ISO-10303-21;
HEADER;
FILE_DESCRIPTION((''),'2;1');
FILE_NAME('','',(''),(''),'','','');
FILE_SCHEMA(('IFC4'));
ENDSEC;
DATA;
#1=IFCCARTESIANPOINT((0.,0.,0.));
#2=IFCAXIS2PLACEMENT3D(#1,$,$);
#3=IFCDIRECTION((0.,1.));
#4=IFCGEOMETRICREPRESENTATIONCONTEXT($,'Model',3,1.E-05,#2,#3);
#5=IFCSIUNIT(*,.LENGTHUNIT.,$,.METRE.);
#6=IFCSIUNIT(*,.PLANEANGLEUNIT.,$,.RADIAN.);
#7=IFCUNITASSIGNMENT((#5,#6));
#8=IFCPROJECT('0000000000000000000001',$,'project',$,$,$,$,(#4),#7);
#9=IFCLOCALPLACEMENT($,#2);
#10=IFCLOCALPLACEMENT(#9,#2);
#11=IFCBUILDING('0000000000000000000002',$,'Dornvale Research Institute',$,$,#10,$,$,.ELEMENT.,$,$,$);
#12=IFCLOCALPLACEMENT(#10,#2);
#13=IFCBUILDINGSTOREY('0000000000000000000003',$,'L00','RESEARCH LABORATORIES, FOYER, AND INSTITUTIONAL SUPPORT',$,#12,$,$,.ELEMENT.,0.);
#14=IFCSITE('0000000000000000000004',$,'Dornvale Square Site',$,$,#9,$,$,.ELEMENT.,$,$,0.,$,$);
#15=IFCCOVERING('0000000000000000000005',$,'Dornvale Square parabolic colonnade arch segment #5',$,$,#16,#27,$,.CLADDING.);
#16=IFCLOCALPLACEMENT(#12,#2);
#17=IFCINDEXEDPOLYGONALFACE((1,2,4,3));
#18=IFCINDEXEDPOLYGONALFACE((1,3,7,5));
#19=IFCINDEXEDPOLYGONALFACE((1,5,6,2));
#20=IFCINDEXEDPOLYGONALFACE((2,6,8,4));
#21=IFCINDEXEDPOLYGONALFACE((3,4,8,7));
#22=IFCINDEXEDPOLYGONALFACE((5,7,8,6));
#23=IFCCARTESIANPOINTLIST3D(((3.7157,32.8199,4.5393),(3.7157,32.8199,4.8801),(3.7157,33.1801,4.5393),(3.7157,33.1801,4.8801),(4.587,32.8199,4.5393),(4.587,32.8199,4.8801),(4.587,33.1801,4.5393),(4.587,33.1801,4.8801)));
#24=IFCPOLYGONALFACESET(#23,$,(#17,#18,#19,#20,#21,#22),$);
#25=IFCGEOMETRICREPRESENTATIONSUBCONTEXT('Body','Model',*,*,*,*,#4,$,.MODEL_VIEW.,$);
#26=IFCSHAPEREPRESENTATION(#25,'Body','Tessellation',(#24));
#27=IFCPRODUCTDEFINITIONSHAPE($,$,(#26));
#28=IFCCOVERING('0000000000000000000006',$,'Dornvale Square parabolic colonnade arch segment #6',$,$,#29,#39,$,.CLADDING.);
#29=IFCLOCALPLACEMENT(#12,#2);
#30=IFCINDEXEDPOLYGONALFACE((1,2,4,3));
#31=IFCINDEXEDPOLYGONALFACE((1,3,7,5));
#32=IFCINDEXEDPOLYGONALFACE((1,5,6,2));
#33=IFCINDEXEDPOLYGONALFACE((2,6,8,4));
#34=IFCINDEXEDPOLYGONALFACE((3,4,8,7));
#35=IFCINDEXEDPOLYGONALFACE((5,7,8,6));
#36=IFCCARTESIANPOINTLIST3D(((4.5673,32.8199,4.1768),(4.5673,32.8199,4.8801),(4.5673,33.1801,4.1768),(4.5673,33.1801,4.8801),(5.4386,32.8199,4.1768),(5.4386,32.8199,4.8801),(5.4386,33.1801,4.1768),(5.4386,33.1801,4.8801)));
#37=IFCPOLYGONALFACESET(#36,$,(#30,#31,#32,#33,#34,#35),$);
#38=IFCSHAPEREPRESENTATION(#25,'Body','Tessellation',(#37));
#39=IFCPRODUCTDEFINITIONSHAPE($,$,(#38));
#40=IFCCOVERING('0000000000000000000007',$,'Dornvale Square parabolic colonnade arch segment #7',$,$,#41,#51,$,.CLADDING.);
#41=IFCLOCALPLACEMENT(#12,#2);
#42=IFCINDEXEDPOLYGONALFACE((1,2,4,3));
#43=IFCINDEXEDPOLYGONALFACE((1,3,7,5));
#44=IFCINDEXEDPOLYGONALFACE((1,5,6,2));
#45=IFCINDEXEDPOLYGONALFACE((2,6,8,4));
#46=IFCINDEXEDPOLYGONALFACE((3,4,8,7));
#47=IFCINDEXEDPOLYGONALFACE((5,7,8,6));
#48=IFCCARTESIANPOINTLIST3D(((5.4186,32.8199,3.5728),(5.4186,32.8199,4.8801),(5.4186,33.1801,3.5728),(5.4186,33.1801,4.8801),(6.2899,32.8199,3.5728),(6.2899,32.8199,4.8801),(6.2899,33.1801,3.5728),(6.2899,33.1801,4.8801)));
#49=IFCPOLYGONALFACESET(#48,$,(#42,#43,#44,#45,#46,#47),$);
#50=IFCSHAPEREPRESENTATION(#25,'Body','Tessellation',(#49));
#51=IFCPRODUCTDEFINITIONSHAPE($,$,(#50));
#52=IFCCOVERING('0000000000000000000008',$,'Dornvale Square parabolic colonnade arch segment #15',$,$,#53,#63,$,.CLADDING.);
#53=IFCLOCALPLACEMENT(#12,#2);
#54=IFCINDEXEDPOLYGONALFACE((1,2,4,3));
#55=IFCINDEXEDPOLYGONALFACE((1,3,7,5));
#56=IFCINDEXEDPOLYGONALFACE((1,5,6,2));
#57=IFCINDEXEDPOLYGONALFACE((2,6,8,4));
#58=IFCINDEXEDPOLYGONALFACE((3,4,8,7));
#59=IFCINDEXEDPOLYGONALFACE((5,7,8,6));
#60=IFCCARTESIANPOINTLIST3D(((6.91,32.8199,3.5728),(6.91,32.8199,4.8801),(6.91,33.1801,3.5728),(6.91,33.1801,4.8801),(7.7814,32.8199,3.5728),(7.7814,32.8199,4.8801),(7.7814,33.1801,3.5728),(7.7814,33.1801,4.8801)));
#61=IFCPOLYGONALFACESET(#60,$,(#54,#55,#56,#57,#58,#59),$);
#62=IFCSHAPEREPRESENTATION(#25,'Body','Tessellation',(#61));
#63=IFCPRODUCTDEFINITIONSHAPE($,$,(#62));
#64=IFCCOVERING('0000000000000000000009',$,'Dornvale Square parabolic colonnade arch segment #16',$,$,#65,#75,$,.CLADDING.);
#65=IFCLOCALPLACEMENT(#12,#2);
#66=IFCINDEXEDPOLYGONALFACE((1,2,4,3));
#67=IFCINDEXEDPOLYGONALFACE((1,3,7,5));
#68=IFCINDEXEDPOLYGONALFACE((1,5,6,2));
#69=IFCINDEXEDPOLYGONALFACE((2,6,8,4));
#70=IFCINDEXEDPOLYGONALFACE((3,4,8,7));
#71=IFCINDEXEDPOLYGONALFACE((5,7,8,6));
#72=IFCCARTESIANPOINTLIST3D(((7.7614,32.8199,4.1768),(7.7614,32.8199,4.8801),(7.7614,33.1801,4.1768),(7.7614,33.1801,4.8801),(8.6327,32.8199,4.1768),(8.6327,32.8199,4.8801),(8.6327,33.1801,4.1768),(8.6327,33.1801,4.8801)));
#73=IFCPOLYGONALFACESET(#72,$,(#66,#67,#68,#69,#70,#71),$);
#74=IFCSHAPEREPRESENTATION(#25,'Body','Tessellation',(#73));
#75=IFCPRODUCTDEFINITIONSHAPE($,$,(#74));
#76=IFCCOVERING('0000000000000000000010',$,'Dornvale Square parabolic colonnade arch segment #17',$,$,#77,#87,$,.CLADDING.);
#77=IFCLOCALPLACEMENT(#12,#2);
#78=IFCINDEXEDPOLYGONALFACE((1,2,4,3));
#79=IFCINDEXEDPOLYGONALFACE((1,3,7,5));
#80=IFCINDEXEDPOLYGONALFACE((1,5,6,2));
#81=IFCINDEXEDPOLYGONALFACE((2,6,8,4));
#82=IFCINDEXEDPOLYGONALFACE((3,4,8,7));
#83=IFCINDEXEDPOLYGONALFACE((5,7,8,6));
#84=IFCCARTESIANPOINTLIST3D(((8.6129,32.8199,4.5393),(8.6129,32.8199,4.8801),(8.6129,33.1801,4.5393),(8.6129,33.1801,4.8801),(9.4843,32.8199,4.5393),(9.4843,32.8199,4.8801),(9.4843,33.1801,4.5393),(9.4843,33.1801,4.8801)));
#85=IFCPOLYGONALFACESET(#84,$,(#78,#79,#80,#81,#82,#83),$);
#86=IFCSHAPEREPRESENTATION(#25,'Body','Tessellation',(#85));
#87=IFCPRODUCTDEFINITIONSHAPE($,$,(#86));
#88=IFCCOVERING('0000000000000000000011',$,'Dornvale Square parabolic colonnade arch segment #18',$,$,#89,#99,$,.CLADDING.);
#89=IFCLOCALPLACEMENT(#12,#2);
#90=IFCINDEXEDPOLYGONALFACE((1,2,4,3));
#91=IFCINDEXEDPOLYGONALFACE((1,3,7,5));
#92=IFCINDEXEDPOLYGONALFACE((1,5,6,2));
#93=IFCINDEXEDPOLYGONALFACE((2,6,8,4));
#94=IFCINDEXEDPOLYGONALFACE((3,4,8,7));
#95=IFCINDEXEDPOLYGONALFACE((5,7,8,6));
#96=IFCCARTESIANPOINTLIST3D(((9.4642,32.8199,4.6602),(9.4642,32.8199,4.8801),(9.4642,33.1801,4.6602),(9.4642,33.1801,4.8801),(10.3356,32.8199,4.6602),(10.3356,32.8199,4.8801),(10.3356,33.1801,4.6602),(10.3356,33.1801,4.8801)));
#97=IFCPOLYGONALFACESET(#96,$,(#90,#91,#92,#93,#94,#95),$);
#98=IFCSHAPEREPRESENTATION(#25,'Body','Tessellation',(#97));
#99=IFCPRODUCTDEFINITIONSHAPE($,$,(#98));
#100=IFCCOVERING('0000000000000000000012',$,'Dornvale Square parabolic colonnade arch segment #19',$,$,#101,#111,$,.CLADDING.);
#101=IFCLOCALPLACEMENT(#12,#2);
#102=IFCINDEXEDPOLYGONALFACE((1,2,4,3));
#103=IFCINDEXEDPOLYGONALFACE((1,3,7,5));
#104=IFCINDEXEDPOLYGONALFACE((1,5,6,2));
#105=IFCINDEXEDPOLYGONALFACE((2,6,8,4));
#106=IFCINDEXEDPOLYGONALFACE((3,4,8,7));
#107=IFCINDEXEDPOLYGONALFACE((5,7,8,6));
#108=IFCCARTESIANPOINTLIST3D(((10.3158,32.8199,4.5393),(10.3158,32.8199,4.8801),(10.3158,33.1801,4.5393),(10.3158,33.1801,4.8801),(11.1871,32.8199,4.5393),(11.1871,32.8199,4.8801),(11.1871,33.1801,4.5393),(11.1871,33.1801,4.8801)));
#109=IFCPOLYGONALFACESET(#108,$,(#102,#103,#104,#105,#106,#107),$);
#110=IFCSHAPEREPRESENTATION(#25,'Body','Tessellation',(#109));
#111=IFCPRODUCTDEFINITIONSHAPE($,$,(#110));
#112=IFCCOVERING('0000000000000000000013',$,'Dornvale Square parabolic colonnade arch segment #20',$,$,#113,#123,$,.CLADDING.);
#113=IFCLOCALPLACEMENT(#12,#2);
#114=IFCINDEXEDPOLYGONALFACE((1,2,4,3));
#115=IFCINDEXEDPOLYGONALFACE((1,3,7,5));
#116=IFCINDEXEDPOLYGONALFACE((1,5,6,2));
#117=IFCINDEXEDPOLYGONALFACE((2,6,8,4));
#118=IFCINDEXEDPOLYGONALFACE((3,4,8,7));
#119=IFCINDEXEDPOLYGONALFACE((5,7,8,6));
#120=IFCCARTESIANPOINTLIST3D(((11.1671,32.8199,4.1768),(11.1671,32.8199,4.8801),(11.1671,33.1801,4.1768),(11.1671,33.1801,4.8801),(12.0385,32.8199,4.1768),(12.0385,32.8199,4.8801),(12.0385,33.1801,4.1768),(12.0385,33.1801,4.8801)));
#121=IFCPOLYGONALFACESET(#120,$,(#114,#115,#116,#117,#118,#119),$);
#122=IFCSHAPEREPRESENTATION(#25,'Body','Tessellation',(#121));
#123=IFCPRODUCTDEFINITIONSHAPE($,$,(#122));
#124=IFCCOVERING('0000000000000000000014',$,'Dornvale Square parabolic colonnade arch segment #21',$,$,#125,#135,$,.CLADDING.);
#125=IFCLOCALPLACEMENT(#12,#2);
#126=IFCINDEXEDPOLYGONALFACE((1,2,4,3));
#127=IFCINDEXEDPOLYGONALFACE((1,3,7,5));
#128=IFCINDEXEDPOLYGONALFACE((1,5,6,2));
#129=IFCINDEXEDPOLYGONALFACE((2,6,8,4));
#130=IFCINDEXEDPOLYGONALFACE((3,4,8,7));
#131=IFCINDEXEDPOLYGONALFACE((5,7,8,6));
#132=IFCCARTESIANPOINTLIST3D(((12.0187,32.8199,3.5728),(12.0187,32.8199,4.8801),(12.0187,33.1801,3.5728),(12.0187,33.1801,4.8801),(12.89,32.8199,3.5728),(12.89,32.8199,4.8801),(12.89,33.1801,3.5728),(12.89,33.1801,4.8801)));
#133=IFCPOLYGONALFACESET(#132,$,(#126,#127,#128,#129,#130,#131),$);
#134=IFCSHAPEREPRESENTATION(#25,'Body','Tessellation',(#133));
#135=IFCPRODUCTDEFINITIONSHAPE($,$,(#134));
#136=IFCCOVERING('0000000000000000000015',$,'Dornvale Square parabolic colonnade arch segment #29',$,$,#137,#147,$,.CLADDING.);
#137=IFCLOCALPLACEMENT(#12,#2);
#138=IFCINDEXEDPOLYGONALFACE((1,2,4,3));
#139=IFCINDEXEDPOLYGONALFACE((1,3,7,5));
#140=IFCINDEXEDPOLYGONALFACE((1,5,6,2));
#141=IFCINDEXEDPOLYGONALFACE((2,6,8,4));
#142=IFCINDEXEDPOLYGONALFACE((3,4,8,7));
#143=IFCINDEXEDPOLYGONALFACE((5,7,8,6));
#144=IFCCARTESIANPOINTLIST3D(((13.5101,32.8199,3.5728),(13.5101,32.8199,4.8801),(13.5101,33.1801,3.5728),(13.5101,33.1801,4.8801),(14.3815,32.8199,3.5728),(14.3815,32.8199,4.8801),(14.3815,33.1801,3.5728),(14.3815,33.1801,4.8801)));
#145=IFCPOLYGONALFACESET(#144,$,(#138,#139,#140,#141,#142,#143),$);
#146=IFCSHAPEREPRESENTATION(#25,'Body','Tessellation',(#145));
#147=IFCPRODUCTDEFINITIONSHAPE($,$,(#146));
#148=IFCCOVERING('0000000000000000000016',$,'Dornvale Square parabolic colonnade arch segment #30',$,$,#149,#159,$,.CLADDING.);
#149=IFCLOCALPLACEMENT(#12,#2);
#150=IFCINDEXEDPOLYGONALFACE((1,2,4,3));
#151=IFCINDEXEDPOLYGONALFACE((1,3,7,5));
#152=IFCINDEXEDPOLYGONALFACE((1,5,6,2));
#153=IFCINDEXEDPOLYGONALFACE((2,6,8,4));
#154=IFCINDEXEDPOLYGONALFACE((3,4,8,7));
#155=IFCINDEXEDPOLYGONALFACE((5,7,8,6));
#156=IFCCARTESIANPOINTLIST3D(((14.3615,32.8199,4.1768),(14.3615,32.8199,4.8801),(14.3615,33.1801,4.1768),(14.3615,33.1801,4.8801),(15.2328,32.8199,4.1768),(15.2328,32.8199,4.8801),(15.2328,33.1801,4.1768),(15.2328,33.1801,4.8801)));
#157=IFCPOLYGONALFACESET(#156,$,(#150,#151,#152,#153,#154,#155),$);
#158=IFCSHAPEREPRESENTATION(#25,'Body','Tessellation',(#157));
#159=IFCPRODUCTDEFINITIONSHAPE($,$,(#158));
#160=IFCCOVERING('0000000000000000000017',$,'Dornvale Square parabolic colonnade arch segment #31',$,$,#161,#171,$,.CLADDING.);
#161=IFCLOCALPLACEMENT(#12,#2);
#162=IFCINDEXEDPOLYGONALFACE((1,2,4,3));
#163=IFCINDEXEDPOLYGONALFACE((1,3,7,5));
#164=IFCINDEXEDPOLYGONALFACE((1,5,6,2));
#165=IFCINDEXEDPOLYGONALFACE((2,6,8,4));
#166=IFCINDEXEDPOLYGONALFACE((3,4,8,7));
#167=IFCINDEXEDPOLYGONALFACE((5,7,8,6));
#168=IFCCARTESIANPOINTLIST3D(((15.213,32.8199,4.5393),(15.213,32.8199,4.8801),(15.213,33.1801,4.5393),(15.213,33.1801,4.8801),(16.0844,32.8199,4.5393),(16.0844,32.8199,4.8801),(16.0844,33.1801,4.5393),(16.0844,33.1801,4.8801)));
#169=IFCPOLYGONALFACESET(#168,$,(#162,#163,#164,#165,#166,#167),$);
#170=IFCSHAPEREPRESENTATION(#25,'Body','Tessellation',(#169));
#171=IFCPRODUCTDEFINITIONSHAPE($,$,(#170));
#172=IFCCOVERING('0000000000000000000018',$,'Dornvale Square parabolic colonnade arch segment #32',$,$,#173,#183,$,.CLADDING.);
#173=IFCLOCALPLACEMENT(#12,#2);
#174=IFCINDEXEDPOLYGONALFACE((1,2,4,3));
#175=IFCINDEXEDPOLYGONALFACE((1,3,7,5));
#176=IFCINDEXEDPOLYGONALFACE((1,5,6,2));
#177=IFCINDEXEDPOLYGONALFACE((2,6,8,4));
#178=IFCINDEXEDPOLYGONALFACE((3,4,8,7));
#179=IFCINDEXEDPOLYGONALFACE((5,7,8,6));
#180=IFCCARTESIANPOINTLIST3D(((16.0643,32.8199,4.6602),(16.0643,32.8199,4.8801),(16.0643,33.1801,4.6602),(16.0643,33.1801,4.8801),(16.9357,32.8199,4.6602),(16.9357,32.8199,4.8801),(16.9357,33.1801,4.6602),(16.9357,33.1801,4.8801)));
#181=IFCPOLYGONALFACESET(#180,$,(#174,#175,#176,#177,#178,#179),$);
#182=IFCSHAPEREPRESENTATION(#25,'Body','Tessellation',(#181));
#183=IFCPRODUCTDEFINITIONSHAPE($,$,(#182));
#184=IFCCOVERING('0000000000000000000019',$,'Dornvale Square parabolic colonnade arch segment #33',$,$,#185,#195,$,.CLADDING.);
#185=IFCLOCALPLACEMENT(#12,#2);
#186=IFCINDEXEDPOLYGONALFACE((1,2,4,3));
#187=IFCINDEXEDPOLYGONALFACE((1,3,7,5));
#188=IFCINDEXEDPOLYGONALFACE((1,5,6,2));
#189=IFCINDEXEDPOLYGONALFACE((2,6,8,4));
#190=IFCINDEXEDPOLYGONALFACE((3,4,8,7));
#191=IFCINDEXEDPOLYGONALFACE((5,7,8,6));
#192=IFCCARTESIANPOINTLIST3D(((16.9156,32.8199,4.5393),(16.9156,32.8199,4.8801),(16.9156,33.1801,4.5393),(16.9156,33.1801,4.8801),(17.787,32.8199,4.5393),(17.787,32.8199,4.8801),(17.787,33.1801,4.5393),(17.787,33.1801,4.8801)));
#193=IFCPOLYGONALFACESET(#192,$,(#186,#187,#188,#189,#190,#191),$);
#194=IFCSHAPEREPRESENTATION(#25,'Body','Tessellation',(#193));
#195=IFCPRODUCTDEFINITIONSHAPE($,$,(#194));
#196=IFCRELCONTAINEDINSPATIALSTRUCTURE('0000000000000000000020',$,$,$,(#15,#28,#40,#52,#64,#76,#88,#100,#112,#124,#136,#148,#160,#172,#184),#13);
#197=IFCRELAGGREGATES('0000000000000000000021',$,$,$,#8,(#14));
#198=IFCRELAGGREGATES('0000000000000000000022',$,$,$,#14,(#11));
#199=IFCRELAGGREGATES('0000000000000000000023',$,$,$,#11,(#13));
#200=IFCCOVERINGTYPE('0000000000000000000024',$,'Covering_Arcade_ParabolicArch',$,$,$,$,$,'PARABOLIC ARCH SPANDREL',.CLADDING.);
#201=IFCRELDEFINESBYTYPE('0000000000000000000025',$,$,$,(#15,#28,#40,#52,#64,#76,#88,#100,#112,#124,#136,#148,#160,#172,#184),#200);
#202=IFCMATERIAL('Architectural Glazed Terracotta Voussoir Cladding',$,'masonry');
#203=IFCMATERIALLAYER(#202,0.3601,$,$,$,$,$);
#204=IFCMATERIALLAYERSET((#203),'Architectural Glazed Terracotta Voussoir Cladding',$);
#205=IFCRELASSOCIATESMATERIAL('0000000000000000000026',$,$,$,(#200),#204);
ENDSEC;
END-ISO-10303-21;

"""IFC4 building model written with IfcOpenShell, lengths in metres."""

from ifc_helpers import new_model, si_unit, direction, frame, origin, origin_2d, place, context, subcontext, project, spatial, rectangle, extrude, material, layer, layer_set, type_object, element, save


model = new_model("IFC4")

# Units and contexts
model_context = context("Model", 3, precision=1e-05, world=origin(), true_north=direction((0.0, 1.0)))
body_context = subcontext(model_context, "Body", "Model", "MODEL_VIEW")
ifc_project = project(units=[si_unit("LENGTHUNIT", "METRE"), si_unit("PLANEANGLEUNIT", "RADIAN")], contexts=[model_context])

# Site, building, storey
site_placement = place(None, origin())
site = spatial("IfcSite", under=ifc_project, at=site_placement, Name="Dornvale Square Site", CompositionType="ELEMENT", RefElevation=0.0)
building_placement = place(site_placement, origin())
building = spatial("IfcBuilding", under=site, at=building_placement, Name="Dornvale Research Institute", CompositionType="ELEMENT")
storey_placement = place(building_placement, origin())
storey = spatial("IfcBuildingStorey", under=building, at=storey_placement, Name="L00", Description="RESEARCH LABORATORIES, FOYER, AND INSTITUTIONAL SUPPORT", CompositionType="ELEMENT", Elevation=0.0)

# Coverings
ifc_material_1 = material(Name="Architectural Glazed Terracotta Voussoir Cladding", Category="masonry")
ifc_layer = layer(ifc_material_1, 0.3601)
ifc_layer_set = layer_set([ifc_layer], Name="Architectural Glazed Terracotta Voussoir Cladding")
covering_type = type_object("IfcCoveringType", Name="Covering_Arcade_ParabolicArch", ElementType="PARABOLIC ARCH SPANDREL", PredefinedType="CLADDING", material=ifc_layer_set)
covering_1_placement = place(storey_placement, frame((4.1514, 33.0, 4.5393), z_axis=(0.0, 0.0, 1.0), x_axis=(1.0, 0.0, 0.0)))
element("IfcCovering", 1, at=covering_1_placement, inside=storey, type_object=covering_type, Name="Dornvale Square parabolic colonnade arch segment #5", PredefinedType="CLADDING", context=body_context, shape_type="SweptSolid", body=[
    extrude(rectangle(XDim=0.8713, YDim=0.3601, at=origin_2d()), origin(), (0.0, 0.0, 1.0), 0.3408),
])
covering_2_placement = place(storey_placement, frame((5.0029, 33.0, 4.1768), z_axis=(0.0, 0.0, 1.0), x_axis=(1.0, 0.0, 0.0)))
element("IfcCovering", 2, at=covering_2_placement, inside=storey, type_object=covering_type, Name="Dornvale Square parabolic colonnade arch segment #6", PredefinedType="CLADDING", context=body_context, shape_type="SweptSolid", body=[
    extrude(rectangle(XDim=0.8713, YDim=0.3601, at=origin_2d()), origin(), (0.0, 0.0, 1.0), 0.7034),
])
for number, where, z_axis, x_axis, name in (
    (3, (5.8542, 33.0, 3.5728), (0.0, 0.0, 1.0), (1.0, 0.0, 0.0), "Dornvale Square parabolic colonnade arch segment #7"),
    (4, (7.3457, 33.0, 3.5728), (0.0, 0.0, 1.0), (1.0, 0.0, 0.0), "Dornvale Square parabolic colonnade arch segment #15"),
):
    element("IfcCovering", number, at=place(storey_placement, frame(where, z_axis=z_axis, x_axis=x_axis)), inside=storey, type_object=covering_type, Name=name, PredefinedType="CLADDING", context=body_context, shape_type="SweptSolid", body=[
        extrude(rectangle(XDim=0.8713, YDim=0.3601, at=origin_2d()), origin(), (0.0, 0.0, 1.0), 1.3074),
    ])
covering_3_placement = place(storey_placement, frame((8.197, 33.0, 4.1768), z_axis=(0.0, 0.0, 1.0), x_axis=(1.0, 0.0, 0.0)))
element("IfcCovering", 5, at=covering_3_placement, inside=storey, type_object=covering_type, Name="Dornvale Square parabolic colonnade arch segment #16", PredefinedType="CLADDING", context=body_context, shape_type="SweptSolid", body=[
    extrude(rectangle(XDim=0.8713, YDim=0.3601, at=origin_2d()), origin(), (0.0, 0.0, 1.0), 0.7034),
])
covering_4_placement = place(storey_placement, frame((9.0486, 33.0, 4.5393), z_axis=(0.0, 0.0, 1.0), x_axis=(1.0, 0.0, 0.0)))
element("IfcCovering", 6, at=covering_4_placement, inside=storey, type_object=covering_type, Name="Dornvale Square parabolic colonnade arch segment #17", PredefinedType="CLADDING", context=body_context, shape_type="SweptSolid", body=[
    extrude(rectangle(XDim=0.8713, YDim=0.3601, at=origin_2d()), origin(), (0.0, 0.0, 1.0), 0.3408),
])
covering_5_placement = place(storey_placement, frame((9.8999, 33.0, 4.6602), z_axis=(0.0, 0.0, 1.0), x_axis=(1.0, 0.0, 0.0)))
element("IfcCovering", 7, at=covering_5_placement, inside=storey, type_object=covering_type, Name="Dornvale Square parabolic colonnade arch segment #18", PredefinedType="CLADDING", context=body_context, shape_type="SweptSolid", body=[
    extrude(rectangle(XDim=0.8713, YDim=0.3601, at=origin_2d()), origin(), (0.0, 0.0, 1.0), 0.22),
])
covering_6_placement = place(storey_placement, frame((10.7515, 33.0, 4.5393), z_axis=(0.0, 0.0, 1.0), x_axis=(1.0, 0.0, 0.0)))
element("IfcCovering", 8, at=covering_6_placement, inside=storey, type_object=covering_type, Name="Dornvale Square parabolic colonnade arch segment #19", PredefinedType="CLADDING", context=body_context, shape_type="SweptSolid", body=[
    extrude(rectangle(XDim=0.8713, YDim=0.3601, at=origin_2d()), origin(), (0.0, 0.0, 1.0), 0.3408),
])
covering_7_placement = place(storey_placement, frame((11.6028, 33.0, 4.1768), z_axis=(0.0, 0.0, 1.0), x_axis=(1.0, 0.0, 0.0)))
element("IfcCovering", 9, at=covering_7_placement, inside=storey, type_object=covering_type, Name="Dornvale Square parabolic colonnade arch segment #20", PredefinedType="CLADDING", context=body_context, shape_type="SweptSolid", body=[
    extrude(rectangle(XDim=0.8713, YDim=0.3601, at=origin_2d()), origin(), (0.0, 0.0, 1.0), 0.7034),
])
for number, where, z_axis, x_axis, name in (
    (10, (12.4543, 33.0, 3.5728), (0.0, 0.0, 1.0), (1.0, 0.0, 0.0), "Dornvale Square parabolic colonnade arch segment #21"),
    (11, (13.9458, 33.0, 3.5728), (0.0, 0.0, 1.0), (1.0, 0.0, 0.0), "Dornvale Square parabolic colonnade arch segment #29"),
):
    element("IfcCovering", number, at=place(storey_placement, frame(where, z_axis=z_axis, x_axis=x_axis)), inside=storey, type_object=covering_type, Name=name, PredefinedType="CLADDING", context=body_context, shape_type="SweptSolid", body=[
        extrude(rectangle(XDim=0.8713, YDim=0.3601, at=origin_2d()), origin(), (0.0, 0.0, 1.0), 1.3074),
    ])
covering_8_placement = place(storey_placement, frame((14.7971, 33.0, 4.1768), z_axis=(0.0, 0.0, 1.0), x_axis=(1.0, 0.0, 0.0)))
element("IfcCovering", 12, at=covering_8_placement, inside=storey, type_object=covering_type, Name="Dornvale Square parabolic colonnade arch segment #30", PredefinedType="CLADDING", context=body_context, shape_type="SweptSolid", body=[
    extrude(rectangle(XDim=0.8713, YDim=0.3601, at=origin_2d()), origin(), (0.0, 0.0, 1.0), 0.7034),
])
covering_9_placement = place(storey_placement, frame((15.6487, 33.0, 4.5393), z_axis=(0.0, 0.0, 1.0), x_axis=(1.0, 0.0, 0.0)))
element("IfcCovering", 13, at=covering_9_placement, inside=storey, type_object=covering_type, Name="Dornvale Square parabolic colonnade arch segment #31", PredefinedType="CLADDING", context=body_context, shape_type="SweptSolid", body=[
    extrude(rectangle(XDim=0.8713, YDim=0.3601, at=origin_2d()), origin(), (0.0, 0.0, 1.0), 0.3408),
])
covering_10_placement = place(storey_placement, frame((16.5, 33.0, 4.6602), z_axis=(0.0, 0.0, 1.0), x_axis=(1.0, 0.0, 0.0)))
element("IfcCovering", 14, at=covering_10_placement, inside=storey, type_object=covering_type, Name="Dornvale Square parabolic colonnade arch segment #32", PredefinedType="CLADDING", context=body_context, shape_type="SweptSolid", body=[
    extrude(rectangle(XDim=0.8713, YDim=0.3601, at=origin_2d()), origin(), (0.0, 0.0, 1.0), 0.22),
])
covering_11_placement = place(storey_placement, frame((17.3513, 33.0, 4.5393), z_axis=(0.0, 0.0, 1.0), x_axis=(1.0, 0.0, 0.0)))
element("IfcCovering", 15, at=covering_11_placement, inside=storey, type_object=covering_type, Name="Dornvale Square parabolic colonnade arch segment #33", PredefinedType="CLADDING", context=body_context, shape_type="SweptSolid", body=[
    extrude(rectangle(XDim=0.8713, YDim=0.3601, at=origin_2d()), origin(), (0.0, 0.0, 1.0), 0.3408),
])

save(model, "model.ifc")
